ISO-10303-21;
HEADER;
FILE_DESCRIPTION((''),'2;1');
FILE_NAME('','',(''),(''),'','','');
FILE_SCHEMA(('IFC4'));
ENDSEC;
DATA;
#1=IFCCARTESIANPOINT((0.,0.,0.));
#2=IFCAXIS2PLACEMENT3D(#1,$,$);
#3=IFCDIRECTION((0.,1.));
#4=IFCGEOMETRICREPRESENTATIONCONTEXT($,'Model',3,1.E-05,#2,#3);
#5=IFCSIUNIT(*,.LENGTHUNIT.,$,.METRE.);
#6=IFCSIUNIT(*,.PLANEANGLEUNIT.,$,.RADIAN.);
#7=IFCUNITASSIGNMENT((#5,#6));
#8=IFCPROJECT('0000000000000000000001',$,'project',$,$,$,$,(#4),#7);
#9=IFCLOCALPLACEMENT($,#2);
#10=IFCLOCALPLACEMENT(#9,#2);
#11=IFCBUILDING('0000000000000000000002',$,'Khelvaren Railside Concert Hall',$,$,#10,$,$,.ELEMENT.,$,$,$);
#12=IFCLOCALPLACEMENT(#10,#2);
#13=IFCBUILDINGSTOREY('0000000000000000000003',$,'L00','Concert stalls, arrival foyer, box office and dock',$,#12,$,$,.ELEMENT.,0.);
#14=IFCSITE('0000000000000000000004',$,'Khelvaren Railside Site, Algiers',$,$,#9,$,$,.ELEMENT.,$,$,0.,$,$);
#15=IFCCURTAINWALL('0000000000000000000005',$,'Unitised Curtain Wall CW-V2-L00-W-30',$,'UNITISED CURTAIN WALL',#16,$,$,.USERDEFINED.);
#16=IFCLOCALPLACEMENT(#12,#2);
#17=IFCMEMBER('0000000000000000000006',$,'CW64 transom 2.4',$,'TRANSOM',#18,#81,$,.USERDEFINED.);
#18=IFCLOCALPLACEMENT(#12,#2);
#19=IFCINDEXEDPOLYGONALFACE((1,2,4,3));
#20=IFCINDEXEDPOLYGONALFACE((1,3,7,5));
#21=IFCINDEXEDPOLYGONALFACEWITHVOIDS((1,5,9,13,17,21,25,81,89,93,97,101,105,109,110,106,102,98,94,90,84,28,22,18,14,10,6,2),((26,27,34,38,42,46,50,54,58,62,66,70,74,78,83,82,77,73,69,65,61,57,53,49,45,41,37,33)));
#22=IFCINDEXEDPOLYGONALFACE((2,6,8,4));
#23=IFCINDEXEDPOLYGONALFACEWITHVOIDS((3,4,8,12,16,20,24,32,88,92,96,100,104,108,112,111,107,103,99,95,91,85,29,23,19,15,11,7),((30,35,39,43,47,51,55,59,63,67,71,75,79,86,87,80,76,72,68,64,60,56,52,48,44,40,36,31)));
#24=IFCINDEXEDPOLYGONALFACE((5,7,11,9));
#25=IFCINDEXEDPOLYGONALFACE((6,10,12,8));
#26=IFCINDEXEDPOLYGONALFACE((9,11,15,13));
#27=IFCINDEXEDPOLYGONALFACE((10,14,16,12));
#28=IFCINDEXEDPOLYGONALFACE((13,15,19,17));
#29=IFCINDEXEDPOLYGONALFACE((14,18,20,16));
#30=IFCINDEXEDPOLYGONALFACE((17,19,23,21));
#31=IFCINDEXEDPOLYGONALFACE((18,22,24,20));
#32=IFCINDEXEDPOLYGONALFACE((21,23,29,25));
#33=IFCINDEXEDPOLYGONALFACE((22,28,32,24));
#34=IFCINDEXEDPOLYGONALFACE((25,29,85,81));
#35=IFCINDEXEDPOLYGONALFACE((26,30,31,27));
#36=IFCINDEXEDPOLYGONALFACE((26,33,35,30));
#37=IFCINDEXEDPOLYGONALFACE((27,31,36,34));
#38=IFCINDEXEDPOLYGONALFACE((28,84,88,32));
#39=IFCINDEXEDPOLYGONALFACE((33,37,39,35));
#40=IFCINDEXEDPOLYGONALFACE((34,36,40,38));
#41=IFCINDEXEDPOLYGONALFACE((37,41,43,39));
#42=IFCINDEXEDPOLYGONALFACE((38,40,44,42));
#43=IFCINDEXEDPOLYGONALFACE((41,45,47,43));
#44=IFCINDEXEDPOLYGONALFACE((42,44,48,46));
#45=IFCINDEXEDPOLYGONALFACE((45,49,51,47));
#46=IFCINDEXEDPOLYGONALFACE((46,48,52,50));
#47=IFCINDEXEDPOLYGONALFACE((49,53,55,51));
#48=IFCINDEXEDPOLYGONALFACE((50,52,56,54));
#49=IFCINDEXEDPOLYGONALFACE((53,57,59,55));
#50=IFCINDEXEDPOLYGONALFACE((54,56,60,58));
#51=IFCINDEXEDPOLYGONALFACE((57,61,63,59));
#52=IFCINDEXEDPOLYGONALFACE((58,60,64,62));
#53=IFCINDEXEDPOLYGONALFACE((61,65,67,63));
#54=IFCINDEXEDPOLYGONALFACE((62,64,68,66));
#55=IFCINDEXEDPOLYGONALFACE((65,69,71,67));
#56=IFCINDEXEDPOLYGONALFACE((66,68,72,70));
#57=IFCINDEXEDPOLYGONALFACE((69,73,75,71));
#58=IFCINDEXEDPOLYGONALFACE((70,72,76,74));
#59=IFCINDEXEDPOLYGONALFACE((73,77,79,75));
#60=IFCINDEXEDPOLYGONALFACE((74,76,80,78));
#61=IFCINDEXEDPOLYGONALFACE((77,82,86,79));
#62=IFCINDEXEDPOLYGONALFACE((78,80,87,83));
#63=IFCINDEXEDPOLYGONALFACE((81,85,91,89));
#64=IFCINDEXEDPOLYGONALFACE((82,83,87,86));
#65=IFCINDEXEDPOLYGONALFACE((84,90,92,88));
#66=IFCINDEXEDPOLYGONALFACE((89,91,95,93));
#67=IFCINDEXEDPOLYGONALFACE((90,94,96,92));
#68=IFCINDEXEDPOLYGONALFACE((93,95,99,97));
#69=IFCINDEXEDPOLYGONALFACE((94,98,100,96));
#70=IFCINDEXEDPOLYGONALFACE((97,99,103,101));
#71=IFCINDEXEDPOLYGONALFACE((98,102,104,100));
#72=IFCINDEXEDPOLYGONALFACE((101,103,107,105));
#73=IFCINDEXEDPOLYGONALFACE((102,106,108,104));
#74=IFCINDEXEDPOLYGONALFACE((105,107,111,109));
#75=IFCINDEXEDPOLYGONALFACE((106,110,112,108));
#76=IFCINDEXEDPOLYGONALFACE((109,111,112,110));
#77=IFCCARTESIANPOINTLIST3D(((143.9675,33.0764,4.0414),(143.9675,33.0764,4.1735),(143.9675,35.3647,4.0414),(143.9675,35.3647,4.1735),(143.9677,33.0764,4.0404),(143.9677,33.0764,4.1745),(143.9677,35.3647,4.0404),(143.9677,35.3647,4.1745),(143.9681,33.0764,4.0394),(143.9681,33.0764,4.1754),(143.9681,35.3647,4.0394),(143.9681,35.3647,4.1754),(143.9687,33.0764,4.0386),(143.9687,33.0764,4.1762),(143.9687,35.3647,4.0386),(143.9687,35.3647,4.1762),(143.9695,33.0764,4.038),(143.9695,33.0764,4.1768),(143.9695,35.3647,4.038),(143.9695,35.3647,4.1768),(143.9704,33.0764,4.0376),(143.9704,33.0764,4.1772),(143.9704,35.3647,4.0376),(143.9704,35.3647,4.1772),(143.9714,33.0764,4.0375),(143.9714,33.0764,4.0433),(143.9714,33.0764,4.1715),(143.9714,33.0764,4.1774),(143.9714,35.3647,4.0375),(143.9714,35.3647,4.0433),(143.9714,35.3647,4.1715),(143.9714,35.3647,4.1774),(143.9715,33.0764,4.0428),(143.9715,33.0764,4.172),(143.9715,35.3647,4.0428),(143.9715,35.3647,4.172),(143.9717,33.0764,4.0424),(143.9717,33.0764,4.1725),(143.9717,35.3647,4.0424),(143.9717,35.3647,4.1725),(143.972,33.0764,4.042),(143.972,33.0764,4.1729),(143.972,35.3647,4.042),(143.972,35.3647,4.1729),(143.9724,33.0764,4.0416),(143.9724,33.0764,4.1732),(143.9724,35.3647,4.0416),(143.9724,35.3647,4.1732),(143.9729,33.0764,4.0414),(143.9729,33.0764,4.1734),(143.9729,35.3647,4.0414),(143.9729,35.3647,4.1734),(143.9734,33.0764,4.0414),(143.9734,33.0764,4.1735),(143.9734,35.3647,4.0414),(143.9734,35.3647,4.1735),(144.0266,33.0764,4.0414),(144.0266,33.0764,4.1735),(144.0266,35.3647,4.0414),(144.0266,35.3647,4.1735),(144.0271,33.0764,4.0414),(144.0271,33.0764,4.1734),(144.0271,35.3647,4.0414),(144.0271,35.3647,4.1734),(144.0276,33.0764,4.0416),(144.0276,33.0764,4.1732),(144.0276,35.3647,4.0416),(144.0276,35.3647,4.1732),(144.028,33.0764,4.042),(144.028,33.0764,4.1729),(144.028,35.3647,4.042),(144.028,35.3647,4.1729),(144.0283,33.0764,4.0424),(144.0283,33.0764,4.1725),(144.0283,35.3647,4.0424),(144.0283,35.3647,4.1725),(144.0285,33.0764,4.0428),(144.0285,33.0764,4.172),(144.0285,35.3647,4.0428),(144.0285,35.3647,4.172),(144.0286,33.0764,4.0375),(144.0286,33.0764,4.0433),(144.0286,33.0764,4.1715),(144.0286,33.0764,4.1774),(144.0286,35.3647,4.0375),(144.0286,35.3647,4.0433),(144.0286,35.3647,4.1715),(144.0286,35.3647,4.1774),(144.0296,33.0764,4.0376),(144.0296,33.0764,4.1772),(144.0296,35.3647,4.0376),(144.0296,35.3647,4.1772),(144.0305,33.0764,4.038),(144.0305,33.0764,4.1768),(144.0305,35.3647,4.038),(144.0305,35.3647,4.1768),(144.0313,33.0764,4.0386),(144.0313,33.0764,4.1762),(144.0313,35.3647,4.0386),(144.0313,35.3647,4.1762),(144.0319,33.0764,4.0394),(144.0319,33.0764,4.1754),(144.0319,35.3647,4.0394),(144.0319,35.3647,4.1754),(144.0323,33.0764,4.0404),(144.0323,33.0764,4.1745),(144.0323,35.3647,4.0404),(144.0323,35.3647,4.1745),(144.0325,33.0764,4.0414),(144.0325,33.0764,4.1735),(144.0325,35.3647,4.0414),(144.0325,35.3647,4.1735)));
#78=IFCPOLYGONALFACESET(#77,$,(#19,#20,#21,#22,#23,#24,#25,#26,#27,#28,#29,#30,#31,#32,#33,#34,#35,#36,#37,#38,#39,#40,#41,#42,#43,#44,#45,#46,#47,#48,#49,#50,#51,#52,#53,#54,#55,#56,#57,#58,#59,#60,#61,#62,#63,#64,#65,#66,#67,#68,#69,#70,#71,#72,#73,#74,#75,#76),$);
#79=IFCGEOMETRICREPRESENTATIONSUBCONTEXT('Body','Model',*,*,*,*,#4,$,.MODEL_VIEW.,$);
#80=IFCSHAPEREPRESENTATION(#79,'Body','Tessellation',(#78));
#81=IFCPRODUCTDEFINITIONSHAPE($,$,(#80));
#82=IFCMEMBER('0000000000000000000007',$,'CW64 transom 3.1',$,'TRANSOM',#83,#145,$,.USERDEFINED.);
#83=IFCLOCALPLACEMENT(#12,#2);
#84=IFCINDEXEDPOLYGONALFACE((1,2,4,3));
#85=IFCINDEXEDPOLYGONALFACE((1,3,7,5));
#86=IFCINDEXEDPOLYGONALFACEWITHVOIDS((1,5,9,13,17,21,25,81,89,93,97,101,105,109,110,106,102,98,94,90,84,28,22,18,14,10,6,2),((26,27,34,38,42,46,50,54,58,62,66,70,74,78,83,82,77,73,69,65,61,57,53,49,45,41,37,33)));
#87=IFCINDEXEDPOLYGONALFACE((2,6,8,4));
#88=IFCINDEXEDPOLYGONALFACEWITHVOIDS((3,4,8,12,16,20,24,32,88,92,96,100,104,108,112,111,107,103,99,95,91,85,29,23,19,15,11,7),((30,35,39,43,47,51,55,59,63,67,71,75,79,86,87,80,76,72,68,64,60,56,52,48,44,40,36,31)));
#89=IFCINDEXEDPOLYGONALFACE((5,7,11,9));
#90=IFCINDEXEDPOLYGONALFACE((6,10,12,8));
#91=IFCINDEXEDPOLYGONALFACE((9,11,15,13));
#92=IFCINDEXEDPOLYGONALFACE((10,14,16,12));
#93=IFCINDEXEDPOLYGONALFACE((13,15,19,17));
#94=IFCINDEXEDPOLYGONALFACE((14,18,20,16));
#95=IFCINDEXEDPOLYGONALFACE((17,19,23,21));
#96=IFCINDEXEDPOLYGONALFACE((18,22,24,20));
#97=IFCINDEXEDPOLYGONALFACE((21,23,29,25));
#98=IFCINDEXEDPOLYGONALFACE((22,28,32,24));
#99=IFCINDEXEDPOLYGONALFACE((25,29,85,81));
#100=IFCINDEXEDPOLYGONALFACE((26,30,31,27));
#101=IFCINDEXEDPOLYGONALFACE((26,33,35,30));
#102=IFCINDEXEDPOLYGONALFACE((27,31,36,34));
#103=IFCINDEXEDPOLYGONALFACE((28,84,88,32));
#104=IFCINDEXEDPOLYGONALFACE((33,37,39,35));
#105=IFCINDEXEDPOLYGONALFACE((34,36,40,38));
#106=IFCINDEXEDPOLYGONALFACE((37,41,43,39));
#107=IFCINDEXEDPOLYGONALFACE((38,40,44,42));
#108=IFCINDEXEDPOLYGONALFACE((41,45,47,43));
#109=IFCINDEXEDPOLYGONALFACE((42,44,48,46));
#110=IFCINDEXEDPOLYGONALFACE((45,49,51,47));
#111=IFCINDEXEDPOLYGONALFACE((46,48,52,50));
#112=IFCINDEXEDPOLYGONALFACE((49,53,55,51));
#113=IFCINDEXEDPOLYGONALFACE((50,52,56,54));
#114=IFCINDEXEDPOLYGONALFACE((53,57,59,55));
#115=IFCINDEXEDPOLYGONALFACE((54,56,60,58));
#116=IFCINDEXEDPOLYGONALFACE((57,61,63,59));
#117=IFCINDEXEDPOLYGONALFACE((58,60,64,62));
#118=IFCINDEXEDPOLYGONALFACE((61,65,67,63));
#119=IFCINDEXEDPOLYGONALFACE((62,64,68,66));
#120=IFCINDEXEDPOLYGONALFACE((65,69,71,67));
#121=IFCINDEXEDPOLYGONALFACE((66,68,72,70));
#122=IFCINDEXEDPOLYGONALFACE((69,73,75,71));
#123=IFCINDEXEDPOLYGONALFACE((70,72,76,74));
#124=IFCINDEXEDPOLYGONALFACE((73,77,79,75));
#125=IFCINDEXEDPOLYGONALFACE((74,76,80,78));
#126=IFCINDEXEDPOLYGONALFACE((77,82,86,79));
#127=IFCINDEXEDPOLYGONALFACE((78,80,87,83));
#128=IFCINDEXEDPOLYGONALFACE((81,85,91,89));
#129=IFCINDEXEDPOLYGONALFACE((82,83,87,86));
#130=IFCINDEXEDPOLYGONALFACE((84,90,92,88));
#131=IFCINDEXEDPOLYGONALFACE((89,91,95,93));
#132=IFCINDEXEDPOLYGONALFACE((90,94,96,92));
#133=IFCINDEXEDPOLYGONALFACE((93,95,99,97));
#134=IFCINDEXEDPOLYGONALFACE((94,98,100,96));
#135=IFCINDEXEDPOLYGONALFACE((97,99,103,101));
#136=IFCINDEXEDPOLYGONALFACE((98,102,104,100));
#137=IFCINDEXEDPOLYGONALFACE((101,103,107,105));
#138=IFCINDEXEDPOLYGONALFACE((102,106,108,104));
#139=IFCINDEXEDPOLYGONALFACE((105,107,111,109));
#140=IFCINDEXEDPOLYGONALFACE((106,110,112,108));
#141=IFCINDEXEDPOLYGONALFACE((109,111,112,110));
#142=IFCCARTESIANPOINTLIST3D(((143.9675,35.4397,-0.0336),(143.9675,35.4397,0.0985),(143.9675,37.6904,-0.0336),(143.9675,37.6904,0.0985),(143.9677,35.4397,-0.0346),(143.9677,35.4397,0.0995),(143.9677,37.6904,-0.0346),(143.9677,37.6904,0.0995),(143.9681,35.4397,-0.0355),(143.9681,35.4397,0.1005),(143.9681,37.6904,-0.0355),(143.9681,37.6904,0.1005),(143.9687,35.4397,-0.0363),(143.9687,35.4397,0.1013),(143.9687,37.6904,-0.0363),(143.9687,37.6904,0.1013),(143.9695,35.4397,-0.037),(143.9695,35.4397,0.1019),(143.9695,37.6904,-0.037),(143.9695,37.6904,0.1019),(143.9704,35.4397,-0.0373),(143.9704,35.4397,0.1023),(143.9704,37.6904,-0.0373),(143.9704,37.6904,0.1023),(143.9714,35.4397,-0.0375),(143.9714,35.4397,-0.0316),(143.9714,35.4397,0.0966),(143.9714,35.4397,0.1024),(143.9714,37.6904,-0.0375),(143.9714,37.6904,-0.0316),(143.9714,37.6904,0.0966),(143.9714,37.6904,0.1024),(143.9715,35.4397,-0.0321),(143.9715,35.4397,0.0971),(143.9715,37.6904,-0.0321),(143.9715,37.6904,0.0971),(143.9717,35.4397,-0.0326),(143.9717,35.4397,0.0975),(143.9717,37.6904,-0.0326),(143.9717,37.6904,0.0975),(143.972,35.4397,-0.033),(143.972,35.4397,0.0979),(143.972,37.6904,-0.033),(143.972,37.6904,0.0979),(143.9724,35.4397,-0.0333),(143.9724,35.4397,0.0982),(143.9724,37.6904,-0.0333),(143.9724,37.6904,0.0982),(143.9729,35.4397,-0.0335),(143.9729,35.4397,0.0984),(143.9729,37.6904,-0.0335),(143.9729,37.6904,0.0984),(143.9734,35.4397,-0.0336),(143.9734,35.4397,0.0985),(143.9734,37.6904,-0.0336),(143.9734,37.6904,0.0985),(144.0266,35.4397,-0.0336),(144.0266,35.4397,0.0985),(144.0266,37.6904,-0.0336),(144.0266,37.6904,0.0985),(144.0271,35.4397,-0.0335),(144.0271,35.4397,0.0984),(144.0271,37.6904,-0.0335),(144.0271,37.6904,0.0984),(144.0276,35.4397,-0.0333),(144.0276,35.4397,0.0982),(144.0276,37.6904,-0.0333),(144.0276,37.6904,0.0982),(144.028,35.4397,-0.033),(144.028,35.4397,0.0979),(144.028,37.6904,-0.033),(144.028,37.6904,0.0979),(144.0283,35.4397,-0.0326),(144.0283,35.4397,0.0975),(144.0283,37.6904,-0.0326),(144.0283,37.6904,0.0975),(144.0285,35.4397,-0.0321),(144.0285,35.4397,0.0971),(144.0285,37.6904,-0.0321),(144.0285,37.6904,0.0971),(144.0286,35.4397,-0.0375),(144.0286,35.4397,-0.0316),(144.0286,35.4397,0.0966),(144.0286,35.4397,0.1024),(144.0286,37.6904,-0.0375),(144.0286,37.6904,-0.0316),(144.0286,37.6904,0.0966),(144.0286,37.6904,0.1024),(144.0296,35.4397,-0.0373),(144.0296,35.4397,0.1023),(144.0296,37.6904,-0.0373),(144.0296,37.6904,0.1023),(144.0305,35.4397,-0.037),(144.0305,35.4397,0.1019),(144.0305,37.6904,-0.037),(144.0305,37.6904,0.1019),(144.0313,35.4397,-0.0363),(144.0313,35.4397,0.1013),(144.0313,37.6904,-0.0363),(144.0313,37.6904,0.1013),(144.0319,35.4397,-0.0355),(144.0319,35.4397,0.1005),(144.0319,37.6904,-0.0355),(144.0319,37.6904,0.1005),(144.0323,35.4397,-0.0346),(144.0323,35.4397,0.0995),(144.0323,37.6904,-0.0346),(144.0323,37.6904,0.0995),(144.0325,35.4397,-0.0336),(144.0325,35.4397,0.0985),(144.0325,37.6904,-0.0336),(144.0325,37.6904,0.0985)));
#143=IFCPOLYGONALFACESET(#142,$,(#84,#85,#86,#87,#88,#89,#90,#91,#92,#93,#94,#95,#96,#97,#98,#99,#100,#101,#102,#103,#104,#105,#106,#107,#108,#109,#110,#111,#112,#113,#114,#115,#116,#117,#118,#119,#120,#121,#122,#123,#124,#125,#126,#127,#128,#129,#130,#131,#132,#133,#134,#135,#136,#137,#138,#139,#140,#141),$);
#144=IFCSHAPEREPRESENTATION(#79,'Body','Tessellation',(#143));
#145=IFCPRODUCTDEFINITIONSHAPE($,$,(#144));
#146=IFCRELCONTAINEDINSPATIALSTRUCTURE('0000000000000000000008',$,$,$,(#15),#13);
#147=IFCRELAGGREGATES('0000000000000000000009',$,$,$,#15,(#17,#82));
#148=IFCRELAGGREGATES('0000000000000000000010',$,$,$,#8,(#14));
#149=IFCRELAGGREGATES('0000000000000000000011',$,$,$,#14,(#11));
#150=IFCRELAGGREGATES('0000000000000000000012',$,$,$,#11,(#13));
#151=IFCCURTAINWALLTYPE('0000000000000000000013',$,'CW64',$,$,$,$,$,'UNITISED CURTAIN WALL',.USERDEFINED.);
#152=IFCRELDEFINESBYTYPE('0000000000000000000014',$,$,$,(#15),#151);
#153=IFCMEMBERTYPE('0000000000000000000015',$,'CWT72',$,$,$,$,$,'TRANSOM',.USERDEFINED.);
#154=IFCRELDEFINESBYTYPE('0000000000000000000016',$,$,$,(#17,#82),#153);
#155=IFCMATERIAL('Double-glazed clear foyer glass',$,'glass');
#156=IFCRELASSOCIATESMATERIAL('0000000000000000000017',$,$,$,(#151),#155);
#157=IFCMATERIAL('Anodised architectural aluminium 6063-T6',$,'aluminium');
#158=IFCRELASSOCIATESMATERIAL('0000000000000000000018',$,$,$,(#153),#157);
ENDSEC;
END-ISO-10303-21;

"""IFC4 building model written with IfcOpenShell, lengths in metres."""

from ifc_helpers import new_model, si_unit, direction, frame, origin, origin_2d, place, context, subcontext, project, spatial, hollow_rectangle, extrude, material, material_profile, profile_set, type_object, element, aggregate, save


model = new_model("IFC4")

# Units and contexts
model_context = context("Model", 3, precision=1e-05, world=origin(), true_north=direction((0.0, 1.0)))
body_context = subcontext(model_context, "Body", "Model", "MODEL_VIEW")
ifc_project = project(units=[si_unit("LENGTHUNIT", "METRE"), si_unit("PLANEANGLEUNIT", "RADIAN")], contexts=[model_context])

# Site, building, storey
site_placement = place(None, origin())
site = spatial("IfcSite", under=ifc_project, at=site_placement, Name="Khelvaren Railside Site, Algiers", CompositionType="ELEMENT", RefElevation=0.0)
building_placement = place(site_placement, origin())
building = spatial("IfcBuilding", under=site, at=building_placement, Name="Khelvaren Railside Concert Hall", CompositionType="ELEMENT")
storey_placement = place(building_placement, origin())
storey = spatial("IfcBuildingStorey", under=building, at=storey_placement, Name="L00", Description="Concert stalls, arrival foyer, box office and dock", CompositionType="ELEMENT", Elevation=0.0)

# Curtain wall
ifc_material_1 = material(Name="Double-glazed clear foyer glass", Category="glass")
curtain_wall_type_1 = type_object("IfcCurtainWallType", Name="CW64", ElementType="UNITISED CURTAIN WALL", PredefinedType="USERDEFINED", material=ifc_material_1)
curtain_wall_1_placement = place(storey_placement, origin())
curtain_wall_1 = element("IfcCurtainWall", 1, at=curtain_wall_1_placement, inside=storey, type_object=curtain_wall_type_1, Name="Unitised Curtain Wall CW-V2-L00-W-30", ObjectType="UNITISED CURTAIN WALL", PredefinedType="USERDEFINED")
ifc_material_2 = material(Name="Anodised architectural aluminium 6063-T6", Category="aluminium")
ifc_material_profile_1 = material_profile(ifc_material_2, hollow_rectangle(XDim=0.0649, YDim=0.1399, WallThickness=0.0039, InnerFilletRadius=0.002, OuterFilletRadius=0.0039, at=origin_2d()), Name="CWT 65x140x4")
ifc_profile_set_1 = profile_set([ifc_material_profile_1], Name="Anodised architectural aluminium 6063-T6")
member_type_1 = type_object("IfcMemberType", Name="CWT72", ElementType="TRANSOM", PredefinedType="USERDEFINED", material=ifc_profile_set_1)

# Members
member_1_placement = place(storey_placement, frame((144.0, 33.0764, 4.1074), z_axis=(0.0, 1.0, 0.0), x_axis=(-1.0, 0.0, 0.0)))
member_1 = element("IfcMember", 2, at=member_1_placement, type_object=member_type_1, Name="CW64 transom 2.4", ObjectType="TRANSOM", PredefinedType="USERDEFINED", context=body_context, shape_type="SweptSolid", body=[
    extrude(hollow_rectangle(XDim=0.0649, YDim=0.1399, WallThickness=0.0039, InnerFilletRadius=0.002, OuterFilletRadius=0.0039, at=origin_2d()), origin(), (0.0, 0.0, 1.0), 2.2883),
])
member_2_placement = place(storey_placement, frame((144.0, 35.4397, 0.0325), z_axis=(0.0, 1.0, 0.0), x_axis=(-1.0, 0.0, 0.0)))
member_2 = element("IfcMember", 3, at=member_2_placement, type_object=member_type_1, Name="CW64 transom 3.1", ObjectType="TRANSOM", PredefinedType="USERDEFINED", context=body_context, shape_type="SweptSolid", body=[
    extrude(hollow_rectangle(XDim=0.0649, YDim=0.1399, WallThickness=0.0039, InnerFilletRadius=0.002, OuterFilletRadius=0.0039, at=origin_2d()), origin(), (0.0, 0.0, 1.0), 2.2507),
])

aggregate(curtain_wall_1, [member_1, member_2])

save(model, "model.ifc")
